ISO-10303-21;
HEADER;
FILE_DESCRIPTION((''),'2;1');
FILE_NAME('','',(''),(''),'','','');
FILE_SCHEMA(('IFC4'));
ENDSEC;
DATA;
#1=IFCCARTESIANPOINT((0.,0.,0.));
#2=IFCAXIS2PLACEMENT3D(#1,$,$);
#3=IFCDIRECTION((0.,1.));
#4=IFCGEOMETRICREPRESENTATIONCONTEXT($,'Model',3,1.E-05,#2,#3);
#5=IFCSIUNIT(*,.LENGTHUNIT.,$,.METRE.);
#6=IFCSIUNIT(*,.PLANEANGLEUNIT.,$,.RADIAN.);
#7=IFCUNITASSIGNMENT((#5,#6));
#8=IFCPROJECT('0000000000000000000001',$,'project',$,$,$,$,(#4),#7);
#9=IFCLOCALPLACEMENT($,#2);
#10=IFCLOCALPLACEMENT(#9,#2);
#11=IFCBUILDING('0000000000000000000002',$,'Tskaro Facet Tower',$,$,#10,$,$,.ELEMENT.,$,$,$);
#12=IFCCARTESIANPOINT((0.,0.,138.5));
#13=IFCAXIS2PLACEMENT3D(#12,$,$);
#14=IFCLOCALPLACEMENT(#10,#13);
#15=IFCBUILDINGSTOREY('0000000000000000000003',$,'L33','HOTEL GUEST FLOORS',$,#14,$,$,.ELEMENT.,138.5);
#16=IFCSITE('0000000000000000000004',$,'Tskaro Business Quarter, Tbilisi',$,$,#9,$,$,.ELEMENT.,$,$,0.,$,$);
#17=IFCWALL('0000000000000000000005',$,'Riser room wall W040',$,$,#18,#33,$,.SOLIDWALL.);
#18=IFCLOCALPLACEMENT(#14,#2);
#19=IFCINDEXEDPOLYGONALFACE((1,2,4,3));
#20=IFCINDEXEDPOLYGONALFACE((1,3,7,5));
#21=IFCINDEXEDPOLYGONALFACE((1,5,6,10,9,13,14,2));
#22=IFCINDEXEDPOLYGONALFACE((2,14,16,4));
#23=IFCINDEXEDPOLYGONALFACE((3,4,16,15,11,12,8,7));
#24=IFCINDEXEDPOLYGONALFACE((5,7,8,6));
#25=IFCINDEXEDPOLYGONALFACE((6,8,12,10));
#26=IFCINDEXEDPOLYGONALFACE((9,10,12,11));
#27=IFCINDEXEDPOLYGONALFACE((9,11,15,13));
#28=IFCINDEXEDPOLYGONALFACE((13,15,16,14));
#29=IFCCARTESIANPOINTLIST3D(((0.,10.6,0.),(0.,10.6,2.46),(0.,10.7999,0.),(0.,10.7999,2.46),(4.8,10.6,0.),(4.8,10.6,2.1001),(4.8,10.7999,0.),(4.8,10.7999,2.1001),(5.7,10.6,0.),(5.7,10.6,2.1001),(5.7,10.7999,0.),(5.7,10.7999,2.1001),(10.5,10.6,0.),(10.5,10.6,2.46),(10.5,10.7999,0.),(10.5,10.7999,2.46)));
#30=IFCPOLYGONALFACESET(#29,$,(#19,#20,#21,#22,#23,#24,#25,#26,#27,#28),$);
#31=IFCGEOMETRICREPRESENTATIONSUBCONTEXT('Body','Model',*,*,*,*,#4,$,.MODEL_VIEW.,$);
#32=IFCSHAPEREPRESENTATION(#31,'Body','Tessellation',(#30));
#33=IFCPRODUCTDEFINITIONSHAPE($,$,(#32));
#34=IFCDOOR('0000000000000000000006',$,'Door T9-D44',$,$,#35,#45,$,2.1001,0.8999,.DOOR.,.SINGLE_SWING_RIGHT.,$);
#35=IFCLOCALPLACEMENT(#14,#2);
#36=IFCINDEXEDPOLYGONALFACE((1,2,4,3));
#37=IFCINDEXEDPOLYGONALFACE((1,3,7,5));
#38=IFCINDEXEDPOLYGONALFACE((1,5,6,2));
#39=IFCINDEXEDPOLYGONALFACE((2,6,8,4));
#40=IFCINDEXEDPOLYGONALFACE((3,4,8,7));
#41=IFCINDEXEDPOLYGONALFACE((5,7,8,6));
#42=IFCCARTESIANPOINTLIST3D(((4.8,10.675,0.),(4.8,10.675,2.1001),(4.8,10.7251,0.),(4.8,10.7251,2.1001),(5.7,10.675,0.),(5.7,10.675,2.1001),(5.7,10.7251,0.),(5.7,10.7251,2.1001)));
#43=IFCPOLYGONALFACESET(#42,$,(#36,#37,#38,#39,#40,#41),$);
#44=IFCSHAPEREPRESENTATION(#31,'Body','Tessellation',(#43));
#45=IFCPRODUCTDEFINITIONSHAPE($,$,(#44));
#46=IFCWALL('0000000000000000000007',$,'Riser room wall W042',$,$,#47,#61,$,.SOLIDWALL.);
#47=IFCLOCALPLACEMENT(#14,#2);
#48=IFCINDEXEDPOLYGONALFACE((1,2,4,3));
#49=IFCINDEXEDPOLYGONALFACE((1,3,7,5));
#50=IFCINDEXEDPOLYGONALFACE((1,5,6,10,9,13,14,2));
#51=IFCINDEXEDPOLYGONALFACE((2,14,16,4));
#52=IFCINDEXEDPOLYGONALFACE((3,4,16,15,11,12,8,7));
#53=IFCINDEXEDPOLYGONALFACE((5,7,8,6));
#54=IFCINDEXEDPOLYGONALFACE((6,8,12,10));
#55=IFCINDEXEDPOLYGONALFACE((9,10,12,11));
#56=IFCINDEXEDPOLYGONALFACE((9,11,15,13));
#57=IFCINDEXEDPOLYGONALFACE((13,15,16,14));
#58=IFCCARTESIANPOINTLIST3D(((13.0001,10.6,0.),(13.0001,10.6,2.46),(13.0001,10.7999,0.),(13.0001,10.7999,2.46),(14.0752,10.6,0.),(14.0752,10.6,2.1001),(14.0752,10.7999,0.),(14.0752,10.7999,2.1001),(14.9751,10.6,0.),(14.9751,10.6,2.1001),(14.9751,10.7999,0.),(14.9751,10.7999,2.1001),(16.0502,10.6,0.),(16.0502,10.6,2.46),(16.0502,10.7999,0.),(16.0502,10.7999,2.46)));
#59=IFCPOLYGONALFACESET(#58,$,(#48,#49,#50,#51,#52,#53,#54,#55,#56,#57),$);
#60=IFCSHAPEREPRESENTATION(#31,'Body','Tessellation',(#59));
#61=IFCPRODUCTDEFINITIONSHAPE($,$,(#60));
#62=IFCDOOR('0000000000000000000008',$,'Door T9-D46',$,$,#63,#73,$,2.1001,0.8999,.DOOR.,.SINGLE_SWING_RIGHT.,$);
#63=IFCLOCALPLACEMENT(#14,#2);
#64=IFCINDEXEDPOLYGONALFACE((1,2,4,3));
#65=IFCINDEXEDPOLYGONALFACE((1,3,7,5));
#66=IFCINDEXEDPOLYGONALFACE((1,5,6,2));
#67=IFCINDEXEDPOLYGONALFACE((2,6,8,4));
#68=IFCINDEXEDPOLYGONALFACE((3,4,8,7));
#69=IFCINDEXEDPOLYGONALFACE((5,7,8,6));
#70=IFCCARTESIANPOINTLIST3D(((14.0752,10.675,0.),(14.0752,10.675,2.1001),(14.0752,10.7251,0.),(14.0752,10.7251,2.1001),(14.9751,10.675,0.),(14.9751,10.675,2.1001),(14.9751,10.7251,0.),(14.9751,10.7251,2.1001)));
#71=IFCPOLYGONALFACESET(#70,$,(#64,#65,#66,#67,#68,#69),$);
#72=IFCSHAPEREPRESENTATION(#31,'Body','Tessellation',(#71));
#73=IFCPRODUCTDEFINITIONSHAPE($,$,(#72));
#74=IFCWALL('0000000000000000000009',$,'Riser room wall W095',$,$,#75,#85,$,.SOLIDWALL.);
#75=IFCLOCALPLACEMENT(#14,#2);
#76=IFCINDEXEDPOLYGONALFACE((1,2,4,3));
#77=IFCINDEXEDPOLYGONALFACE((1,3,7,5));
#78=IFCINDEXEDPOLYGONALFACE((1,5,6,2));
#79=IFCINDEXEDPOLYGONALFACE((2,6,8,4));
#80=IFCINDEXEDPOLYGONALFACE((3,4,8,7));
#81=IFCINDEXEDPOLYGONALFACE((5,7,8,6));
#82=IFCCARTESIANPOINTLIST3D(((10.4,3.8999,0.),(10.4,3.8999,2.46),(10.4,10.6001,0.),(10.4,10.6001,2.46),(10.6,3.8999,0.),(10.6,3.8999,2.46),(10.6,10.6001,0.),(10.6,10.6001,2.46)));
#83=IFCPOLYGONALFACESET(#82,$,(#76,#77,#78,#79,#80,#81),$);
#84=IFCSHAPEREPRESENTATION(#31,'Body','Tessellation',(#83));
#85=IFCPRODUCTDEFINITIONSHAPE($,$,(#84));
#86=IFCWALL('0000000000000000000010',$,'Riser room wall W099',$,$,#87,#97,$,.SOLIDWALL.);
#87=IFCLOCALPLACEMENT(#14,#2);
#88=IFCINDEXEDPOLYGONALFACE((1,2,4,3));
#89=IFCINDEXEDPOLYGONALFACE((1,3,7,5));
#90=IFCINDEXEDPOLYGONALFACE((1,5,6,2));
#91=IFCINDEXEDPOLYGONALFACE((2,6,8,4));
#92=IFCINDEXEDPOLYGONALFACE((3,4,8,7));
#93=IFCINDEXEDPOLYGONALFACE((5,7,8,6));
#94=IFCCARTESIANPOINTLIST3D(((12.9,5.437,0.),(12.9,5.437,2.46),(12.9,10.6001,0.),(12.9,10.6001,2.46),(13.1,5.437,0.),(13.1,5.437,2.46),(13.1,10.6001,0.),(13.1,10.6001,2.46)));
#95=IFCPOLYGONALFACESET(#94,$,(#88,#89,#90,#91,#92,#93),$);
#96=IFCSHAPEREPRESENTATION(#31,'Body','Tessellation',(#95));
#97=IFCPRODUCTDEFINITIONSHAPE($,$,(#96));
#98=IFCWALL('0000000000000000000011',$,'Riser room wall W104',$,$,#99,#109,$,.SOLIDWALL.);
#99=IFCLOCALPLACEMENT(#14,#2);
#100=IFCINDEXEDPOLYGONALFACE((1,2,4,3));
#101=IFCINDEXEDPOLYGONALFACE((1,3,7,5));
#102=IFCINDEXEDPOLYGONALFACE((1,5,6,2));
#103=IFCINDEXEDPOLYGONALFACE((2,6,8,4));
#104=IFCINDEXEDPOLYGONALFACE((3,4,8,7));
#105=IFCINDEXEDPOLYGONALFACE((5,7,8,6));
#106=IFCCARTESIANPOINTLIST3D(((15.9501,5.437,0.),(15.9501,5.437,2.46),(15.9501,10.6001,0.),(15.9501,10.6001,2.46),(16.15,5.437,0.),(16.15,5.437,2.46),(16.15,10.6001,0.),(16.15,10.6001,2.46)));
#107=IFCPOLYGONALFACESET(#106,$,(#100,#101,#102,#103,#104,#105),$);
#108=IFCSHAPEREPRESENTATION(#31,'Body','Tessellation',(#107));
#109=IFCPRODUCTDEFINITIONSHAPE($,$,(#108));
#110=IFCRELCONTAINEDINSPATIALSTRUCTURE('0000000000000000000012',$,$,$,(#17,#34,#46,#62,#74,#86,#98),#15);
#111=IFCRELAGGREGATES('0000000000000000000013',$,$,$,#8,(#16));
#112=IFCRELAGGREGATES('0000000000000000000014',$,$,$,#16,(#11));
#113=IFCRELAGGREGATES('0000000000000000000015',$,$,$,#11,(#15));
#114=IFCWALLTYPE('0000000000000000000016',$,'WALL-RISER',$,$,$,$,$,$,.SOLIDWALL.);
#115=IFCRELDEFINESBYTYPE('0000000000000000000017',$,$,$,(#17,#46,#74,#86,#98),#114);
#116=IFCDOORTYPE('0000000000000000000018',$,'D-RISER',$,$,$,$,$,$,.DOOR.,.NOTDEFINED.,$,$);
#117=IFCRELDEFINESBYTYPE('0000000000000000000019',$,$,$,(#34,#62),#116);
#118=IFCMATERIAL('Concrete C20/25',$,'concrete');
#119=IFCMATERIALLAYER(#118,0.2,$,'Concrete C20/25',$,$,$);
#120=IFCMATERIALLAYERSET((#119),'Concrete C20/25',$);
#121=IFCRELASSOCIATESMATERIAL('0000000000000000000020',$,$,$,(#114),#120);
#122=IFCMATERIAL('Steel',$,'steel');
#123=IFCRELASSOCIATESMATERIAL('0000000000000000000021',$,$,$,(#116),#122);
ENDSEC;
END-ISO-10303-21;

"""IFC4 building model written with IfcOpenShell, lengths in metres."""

from ifc_helpers import new_model, si_unit, direction, frame, frame_2d, origin, place, context, subcontext, project, spatial, rectangle, extrude, material, layer, layer_set, type_object, element, fill, save


model = new_model("IFC4")

# Units and contexts
model_context = context("Model", 3, precision=1e-05, world=origin(), true_north=direction((0.0, 1.0)))
body_context = subcontext(model_context, "Body", "Model", "MODEL_VIEW")
ifc_project = project(units=[si_unit("LENGTHUNIT", "METRE"), si_unit("PLANEANGLEUNIT", "RADIAN")], contexts=[model_context])

# Site, building, storey
site_placement = place(None, origin())
site = spatial("IfcSite", under=ifc_project, at=site_placement, Name="Tskaro Business Quarter, Tbilisi", CompositionType="ELEMENT", RefElevation=0.0)
building_placement = place(site_placement, origin())
building = spatial("IfcBuilding", under=site, at=building_placement, Name="Tskaro Facet Tower", CompositionType="ELEMENT")
storey_placement = place(building_placement, frame((0.0, 0.0, 138.5)))
storey = spatial("IfcBuildingStorey", under=building, at=storey_placement, Name="L33", Description="HOTEL GUEST FLOORS", CompositionType="ELEMENT", Elevation=138.5)

# Shared definitions
ifc_material_1 = material(Name="Concrete C20/25", Category="concrete")
ifc_layer_1 = layer(ifc_material_1, 0.2, Name="Concrete C20/25")
ifc_layer_set_1 = layer_set([ifc_layer_1], Name="Concrete C20/25")
wall_type_1 = type_object("IfcWallType", Name="WALL-RISER", PredefinedType="SOLIDWALL", material=ifc_layer_set_1)

# Walls, openings, doors
wall_1_placement = place(storey_placement, frame((10.5, 10.7, 0.0), z_axis=(0.0, 0.0, 1.0), x_axis=(-1.0, 0.0, 0.0)))
wall_1 = element("IfcWall", 1, at=wall_1_placement, inside=storey, type_object=wall_type_1, Name="Riser room wall W040", PredefinedType="SOLIDWALL", context=body_context, shape_type="SweptSolid", body=[
    extrude(rectangle(XDim=10.5, YDim=0.2, at=frame_2d((5.25, 0.0))), origin(), (0.0, 0.0, 1.0), 2.46),
])
opening_1_placement = place(wall_1_placement, frame((4.8, 0.0, 0.0)))
opening_1 = element("IfcOpeningElement", 2, at=opening_1_placement, cuts=wall_1, PredefinedType="OPENING", context=body_context, shape_type="SweptSolid", body=[
    extrude(rectangle(XDim=0.8999, YDim=2.1001, at=frame_2d((0.45, 1.05))), frame((0.0, 0.1099, 0.0), z_axis=(0.0, -1.0, 0.0), x_axis=(1.0, 0.0, 0.0)), (0.0, 0.0, 1.0), 0.22),
])
ifc_material_2 = material(Name="Steel", Category="steel")
door_type_1 = type_object("IfcDoorType", Name="D-RISER", OperationType="NOTDEFINED", PredefinedType="DOOR", material=ifc_material_2)
door_1_placement = place(opening_1_placement, origin())
door_1 = element("IfcDoor", 3, at=door_1_placement, inside=storey, type_object=door_type_1, Name="Door T9-D44", OperationType="SINGLE_SWING_RIGHT", OverallHeight=2.1001, OverallWidth=0.8999, PredefinedType="DOOR", context=body_context, shape_type="SweptSolid", body=[
    extrude(rectangle(XDim=0.8999, YDim=2.1001, at=frame_2d((0.45, 1.05))), frame((0.0, 0.0249, 0.0), z_axis=(0.0, -1.0, 0.0), x_axis=(1.0, 0.0, 0.0)), (0.0, 0.0, 1.0), 0.05),
])
fill(opening_1, door_1)
wall_2_placement = place(storey_placement, frame((16.05, 10.7, 0.0), z_axis=(0.0, 0.0, 1.0), x_axis=(-1.0, 0.0, 0.0)))
wall_2 = element("IfcWall", 4, at=wall_2_placement, inside=storey, type_object=wall_type_1, Name="Riser room wall W042", PredefinedType="SOLIDWALL", context=body_context, shape_type="SweptSolid", body=[
    extrude(rectangle(XDim=3.05, YDim=0.2, at=frame_2d((1.5249, 0.0))), origin(), (0.0, 0.0, 1.0), 2.46),
])
opening_2_placement = place(wall_2_placement, frame((1.075, 0.0, 0.0)))
opening_2 = element("IfcOpeningElement", 5, at=opening_2_placement, cuts=wall_2, PredefinedType="OPENING", context=body_context, shape_type="SweptSolid", body=[
    extrude(rectangle(XDim=0.8999, YDim=2.1001, at=frame_2d((0.45, 1.05))), frame((0.0, 0.1099, 0.0), z_axis=(0.0, -1.0, 0.0), x_axis=(1.0, 0.0, 0.0)), (0.0, 0.0, 1.0), 0.22),
])
door_2_placement = place(opening_2_placement, origin())
door_2 = element("IfcDoor", 6, at=door_2_placement, inside=storey, type_object=door_type_1, Name="Door T9-D46", OperationType="SINGLE_SWING_RIGHT", OverallHeight=2.1001, OverallWidth=0.8999, PredefinedType="DOOR", context=body_context, shape_type="SweptSolid", body=[
    extrude(rectangle(XDim=0.8999, YDim=2.1001, at=frame_2d((0.45, 1.05))), frame((0.0, 0.0249, 0.0), z_axis=(0.0, -1.0, 0.0), x_axis=(1.0, 0.0, 0.0)), (0.0, 0.0, 1.0), 0.05),
])
fill(opening_2, door_2)

# Walls
wall_3_placement = place(storey_placement, frame((10.5, 3.8999, 0.0), z_axis=(0.0, 0.0, 1.0), x_axis=(0.0, 1.0, 0.0)))
element("IfcWall", 7, at=wall_3_placement, inside=storey, type_object=wall_type_1, Name="Riser room wall W095", PredefinedType="SOLIDWALL", context=body_context, shape_type="SweptSolid", body=[
    extrude(rectangle(XDim=6.7002, YDim=0.2, at=frame_2d((3.3501, 0.0))), origin(), (0.0, 0.0, 1.0), 2.46),
])
for number, where, z_axis, x_axis, name in (
    (8, (13.0, 5.437, 0.0), (0.0, 0.0, 1.0), (0.0, 1.0, 0.0), "Riser room wall W099"),
    (9, (16.05, 5.437, 0.0), (0.0, 0.0, 1.0), (0.0, 1.0, 0.0), "Riser room wall W104"),
):
    element("IfcWall", number, at=place(storey_placement, frame(where, z_axis=z_axis, x_axis=x_axis)), inside=storey, type_object=wall_type_1, Name=name, PredefinedType="SOLIDWALL", context=body_context, shape_type="SweptSolid", body=[
        extrude(rectangle(XDim=5.1631, YDim=0.2, at=frame_2d((2.5815, 0.0))), origin(), (0.0, 0.0, 1.0), 2.46),
    ])

save(model, "model.ifc")
